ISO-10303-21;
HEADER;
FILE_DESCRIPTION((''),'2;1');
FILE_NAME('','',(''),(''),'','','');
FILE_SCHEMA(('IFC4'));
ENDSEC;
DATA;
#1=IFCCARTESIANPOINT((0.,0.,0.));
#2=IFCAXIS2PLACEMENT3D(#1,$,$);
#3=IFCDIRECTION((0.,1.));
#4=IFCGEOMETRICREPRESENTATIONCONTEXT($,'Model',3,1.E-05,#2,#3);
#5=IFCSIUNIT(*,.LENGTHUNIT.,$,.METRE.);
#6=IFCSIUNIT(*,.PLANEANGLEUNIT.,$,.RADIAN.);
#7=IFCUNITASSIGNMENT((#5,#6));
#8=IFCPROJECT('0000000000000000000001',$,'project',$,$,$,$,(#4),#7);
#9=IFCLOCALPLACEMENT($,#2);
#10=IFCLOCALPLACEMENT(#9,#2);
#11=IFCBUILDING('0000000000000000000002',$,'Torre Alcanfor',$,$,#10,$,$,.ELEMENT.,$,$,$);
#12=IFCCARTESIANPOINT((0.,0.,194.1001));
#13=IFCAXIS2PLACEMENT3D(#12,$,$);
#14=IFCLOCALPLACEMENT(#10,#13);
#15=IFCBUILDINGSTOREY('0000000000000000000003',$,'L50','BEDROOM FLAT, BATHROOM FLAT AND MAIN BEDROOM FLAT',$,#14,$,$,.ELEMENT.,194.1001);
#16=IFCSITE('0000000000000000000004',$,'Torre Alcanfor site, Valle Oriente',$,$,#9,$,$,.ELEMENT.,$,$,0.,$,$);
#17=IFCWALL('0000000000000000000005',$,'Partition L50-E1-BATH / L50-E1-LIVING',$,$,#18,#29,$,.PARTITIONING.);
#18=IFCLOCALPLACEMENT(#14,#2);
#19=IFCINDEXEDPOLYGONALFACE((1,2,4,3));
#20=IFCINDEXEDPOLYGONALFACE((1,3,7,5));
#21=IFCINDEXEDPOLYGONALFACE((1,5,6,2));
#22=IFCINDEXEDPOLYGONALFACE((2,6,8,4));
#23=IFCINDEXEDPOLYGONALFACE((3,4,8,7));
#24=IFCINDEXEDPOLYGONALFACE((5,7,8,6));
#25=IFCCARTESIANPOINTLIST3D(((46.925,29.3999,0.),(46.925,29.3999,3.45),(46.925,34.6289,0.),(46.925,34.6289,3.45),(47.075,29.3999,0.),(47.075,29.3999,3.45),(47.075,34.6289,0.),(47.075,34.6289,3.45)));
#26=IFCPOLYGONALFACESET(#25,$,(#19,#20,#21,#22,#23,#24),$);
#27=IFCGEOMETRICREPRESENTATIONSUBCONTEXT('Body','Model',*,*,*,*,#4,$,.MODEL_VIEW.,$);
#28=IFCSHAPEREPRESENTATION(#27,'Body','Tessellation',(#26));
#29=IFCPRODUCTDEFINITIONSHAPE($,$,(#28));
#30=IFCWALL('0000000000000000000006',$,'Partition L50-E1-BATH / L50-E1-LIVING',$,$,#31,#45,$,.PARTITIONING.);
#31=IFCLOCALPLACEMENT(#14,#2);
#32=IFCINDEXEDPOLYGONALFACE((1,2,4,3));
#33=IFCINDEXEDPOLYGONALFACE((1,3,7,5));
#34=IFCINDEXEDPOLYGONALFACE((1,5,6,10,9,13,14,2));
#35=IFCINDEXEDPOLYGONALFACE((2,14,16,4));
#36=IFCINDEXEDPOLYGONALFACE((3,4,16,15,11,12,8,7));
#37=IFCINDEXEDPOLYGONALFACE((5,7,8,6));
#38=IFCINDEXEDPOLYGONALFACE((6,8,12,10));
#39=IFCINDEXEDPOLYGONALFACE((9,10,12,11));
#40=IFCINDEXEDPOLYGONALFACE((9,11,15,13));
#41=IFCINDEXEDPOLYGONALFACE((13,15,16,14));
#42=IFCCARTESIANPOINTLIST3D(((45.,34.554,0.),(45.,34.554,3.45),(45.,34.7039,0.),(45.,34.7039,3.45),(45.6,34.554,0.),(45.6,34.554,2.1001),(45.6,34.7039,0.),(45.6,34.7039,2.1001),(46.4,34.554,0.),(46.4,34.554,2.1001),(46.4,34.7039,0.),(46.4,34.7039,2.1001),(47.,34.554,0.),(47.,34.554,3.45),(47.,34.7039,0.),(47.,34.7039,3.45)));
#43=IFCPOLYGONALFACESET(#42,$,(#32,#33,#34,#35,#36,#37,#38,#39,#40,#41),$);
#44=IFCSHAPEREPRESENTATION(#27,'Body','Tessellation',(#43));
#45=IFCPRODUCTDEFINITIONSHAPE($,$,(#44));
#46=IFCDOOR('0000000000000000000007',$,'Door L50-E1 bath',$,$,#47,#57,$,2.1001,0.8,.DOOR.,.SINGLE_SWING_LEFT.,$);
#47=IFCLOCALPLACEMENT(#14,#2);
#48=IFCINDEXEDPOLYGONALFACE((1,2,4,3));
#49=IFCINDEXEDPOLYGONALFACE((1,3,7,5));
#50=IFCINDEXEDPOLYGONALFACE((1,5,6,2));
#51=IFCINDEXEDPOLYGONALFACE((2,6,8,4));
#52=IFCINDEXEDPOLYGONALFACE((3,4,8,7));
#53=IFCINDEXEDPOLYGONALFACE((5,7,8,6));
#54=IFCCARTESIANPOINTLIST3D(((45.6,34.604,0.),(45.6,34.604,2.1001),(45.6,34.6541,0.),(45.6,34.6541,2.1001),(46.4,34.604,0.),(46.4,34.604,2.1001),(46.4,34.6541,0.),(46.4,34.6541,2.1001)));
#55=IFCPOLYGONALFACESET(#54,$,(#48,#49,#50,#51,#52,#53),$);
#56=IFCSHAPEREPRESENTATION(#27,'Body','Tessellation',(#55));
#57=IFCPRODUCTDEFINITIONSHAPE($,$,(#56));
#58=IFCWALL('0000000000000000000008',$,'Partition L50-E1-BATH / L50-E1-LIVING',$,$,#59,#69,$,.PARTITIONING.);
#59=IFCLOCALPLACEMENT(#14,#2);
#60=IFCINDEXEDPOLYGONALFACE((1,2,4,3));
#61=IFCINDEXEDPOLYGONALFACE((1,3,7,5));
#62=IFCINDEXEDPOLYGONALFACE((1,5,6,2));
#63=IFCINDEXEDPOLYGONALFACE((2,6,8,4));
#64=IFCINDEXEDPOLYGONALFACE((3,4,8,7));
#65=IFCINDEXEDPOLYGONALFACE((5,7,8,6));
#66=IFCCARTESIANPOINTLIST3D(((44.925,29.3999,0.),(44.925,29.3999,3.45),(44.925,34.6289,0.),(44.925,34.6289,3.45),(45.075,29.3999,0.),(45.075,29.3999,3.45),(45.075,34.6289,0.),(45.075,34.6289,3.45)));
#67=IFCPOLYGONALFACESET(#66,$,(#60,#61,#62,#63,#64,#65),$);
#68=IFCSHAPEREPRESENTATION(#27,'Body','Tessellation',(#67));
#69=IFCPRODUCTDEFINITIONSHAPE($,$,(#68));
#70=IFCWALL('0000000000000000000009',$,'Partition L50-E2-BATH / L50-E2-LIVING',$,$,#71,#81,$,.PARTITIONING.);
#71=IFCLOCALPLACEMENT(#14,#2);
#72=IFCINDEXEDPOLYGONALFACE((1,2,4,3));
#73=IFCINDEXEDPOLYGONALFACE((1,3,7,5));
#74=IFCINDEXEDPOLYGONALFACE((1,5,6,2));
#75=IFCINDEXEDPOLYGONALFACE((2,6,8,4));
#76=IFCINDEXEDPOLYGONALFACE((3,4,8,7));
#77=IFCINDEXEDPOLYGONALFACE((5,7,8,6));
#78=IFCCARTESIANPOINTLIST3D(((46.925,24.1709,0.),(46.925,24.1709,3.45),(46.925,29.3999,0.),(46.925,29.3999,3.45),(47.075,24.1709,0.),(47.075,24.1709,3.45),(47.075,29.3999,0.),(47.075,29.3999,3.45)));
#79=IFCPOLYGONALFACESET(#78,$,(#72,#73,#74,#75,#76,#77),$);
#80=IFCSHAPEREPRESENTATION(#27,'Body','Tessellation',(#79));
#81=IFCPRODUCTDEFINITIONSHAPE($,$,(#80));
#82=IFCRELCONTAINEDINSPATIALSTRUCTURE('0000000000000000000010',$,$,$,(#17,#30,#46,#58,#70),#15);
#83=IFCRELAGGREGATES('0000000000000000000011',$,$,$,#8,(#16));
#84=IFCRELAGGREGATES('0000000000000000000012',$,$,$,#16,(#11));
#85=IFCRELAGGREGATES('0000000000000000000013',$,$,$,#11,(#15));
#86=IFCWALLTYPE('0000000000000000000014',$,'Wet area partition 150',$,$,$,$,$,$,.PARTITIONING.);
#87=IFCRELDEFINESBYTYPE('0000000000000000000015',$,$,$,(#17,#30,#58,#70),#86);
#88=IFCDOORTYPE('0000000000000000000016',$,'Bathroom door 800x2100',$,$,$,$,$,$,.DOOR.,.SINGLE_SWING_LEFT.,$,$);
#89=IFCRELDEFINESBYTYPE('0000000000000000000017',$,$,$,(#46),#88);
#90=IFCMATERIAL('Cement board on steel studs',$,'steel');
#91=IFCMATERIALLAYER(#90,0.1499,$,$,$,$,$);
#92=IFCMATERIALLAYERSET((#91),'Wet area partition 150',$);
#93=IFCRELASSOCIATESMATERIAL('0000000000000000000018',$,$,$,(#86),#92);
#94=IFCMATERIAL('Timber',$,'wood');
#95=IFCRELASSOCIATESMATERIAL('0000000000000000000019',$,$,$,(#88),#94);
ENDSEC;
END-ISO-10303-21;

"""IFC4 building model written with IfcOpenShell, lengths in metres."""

from ifc_helpers import new_model, si_unit, direction, frame, frame_2d, origin, place, context, subcontext, project, spatial, rectangle, extrude, material, layer, layer_set, type_object, element, fill, save


model = new_model("IFC4")

# Units and contexts
model_context = context("Model", 3, precision=1e-05, world=origin(), true_north=direction((0.0, 1.0)))
body_context = subcontext(model_context, "Body", "Model", "MODEL_VIEW")
ifc_project = project(units=[si_unit("LENGTHUNIT", "METRE"), si_unit("PLANEANGLEUNIT", "RADIAN")], contexts=[model_context])

# Site, building, storey
site_placement = place(None, origin())
site = spatial("IfcSite", under=ifc_project, at=site_placement, Name="Torre Alcanfor site, Valle Oriente", CompositionType="ELEMENT", RefElevation=0.0)
building_placement = place(site_placement, origin())
building = spatial("IfcBuilding", under=site, at=building_placement, Name="Torre Alcanfor", CompositionType="ELEMENT")
storey_placement = place(building_placement, frame((0.0, 0.0, 194.1001)))
storey = spatial("IfcBuildingStorey", under=building, at=storey_placement, Name="L50", Description="BEDROOM FLAT, BATHROOM FLAT AND MAIN BEDROOM FLAT", CompositionType="ELEMENT", Elevation=194.1001)

# Wall
ifc_material_1 = material(Name="Cement board on steel studs", Category="steel")
ifc_layer_1 = layer(ifc_material_1, 0.1499)
ifc_layer_set_1 = layer_set([ifc_layer_1], Name="Wet area partition 150")
wall_type_1 = type_object("IfcWallType", Name="Wet area partition 150", PredefinedType="PARTITIONING", material=ifc_layer_set_1)
wall_1_placement = place(storey_placement, frame((47.0, 29.3999, 0.0), z_axis=(0.0, 0.0, 1.0), x_axis=(0.0, 1.0, 0.0)))
element("IfcWall", 1, at=wall_1_placement, inside=storey, type_object=wall_type_1, Name="Partition L50-E1-BATH / L50-E1-LIVING", PredefinedType="PARTITIONING", context=body_context, shape_type="SweptSolid", body=[
    extrude(rectangle(XDim=5.229, YDim=0.1499, at=frame_2d((2.6145, 0.0))), origin(), (0.0, 0.0, 1.0), 3.45),
])

# Wall, opening, door
wall_2_placement = place(storey_placement, frame((47.0, 34.6289, 0.0), z_axis=(0.0, 0.0, 1.0), x_axis=(-1.0, 0.0, 0.0)))
wall_2 = element("IfcWall", 2, at=wall_2_placement, inside=storey, type_object=wall_type_1, Name="Partition L50-E1-BATH / L50-E1-LIVING", PredefinedType="PARTITIONING", context=body_context, shape_type="SweptSolid", body=[
    extrude(rectangle(XDim=2.0, YDim=0.1499, at=frame_2d((1.0, 0.0))), origin(), (0.0, 0.0, 1.0), 3.45),
])
opening_1_placement = place(wall_2_placement, frame((0.6001, 0.0, 0.0)))
opening_1 = element("IfcOpeningElement", 3, at=opening_1_placement, cuts=wall_2, PredefinedType="OPENING", context=body_context, shape_type="SweptSolid", body=[
    extrude(rectangle(XDim=0.8, YDim=2.1001, at=frame_2d((0.3999, 1.05))), frame((0.0, 0.085, 0.0), z_axis=(0.0, -1.0, 0.0), x_axis=(1.0, 0.0, 0.0)), (0.0, 0.0, 1.0), 0.1699),
])
ifc_material_2 = material(Name="Timber", Category="wood")
door_type_1 = type_object("IfcDoorType", Name="Bathroom door 800x2100", OperationType="SINGLE_SWING_LEFT", PredefinedType="DOOR", material=ifc_material_2)
door_1_placement = place(opening_1_placement, origin())
door_1 = element("IfcDoor", 4, at=door_1_placement, inside=storey, type_object=door_type_1, Name="Door L50-E1 bath", OperationType="SINGLE_SWING_LEFT", OverallHeight=2.1001, OverallWidth=0.8, PredefinedType="DOOR", context=body_context, shape_type="SweptSolid", body=[
    extrude(rectangle(XDim=0.8, YDim=2.1001, at=frame_2d((0.3999, 1.05))), frame((0.0, 0.0249, 0.0), z_axis=(0.0, -1.0, 0.0), x_axis=(1.0, 0.0, 0.0)), (0.0, 0.0, 1.0), 0.05),
])
fill(opening_1, door_1)

# Walls
for number, where, z_axis, x_axis, name in (
    (5, (45.0, 34.6289, 0.0), (0.0, 0.0, 1.0), (0.0, -1.0, 0.0), "Partition L50-E1-BATH / L50-E1-LIVING"),
    (6, (47.0, 29.3999, 0.0), (0.0, 0.0, 1.0), (0.0, -1.0, 0.0), "Partition L50-E2-BATH / L50-E2-LIVING"),
):
    element("IfcWall", number, at=place(storey_placement, frame(where, z_axis=z_axis, x_axis=x_axis)), inside=storey, type_object=wall_type_1, Name=name, PredefinedType="PARTITIONING", context=body_context, shape_type="SweptSolid", body=[
        extrude(rectangle(XDim=5.229, YDim=0.1499, at=frame_2d((2.6145, 0.0))), origin(), (0.0, 0.0, 1.0), 3.45),
    ])

save(model, "model.ifc")
